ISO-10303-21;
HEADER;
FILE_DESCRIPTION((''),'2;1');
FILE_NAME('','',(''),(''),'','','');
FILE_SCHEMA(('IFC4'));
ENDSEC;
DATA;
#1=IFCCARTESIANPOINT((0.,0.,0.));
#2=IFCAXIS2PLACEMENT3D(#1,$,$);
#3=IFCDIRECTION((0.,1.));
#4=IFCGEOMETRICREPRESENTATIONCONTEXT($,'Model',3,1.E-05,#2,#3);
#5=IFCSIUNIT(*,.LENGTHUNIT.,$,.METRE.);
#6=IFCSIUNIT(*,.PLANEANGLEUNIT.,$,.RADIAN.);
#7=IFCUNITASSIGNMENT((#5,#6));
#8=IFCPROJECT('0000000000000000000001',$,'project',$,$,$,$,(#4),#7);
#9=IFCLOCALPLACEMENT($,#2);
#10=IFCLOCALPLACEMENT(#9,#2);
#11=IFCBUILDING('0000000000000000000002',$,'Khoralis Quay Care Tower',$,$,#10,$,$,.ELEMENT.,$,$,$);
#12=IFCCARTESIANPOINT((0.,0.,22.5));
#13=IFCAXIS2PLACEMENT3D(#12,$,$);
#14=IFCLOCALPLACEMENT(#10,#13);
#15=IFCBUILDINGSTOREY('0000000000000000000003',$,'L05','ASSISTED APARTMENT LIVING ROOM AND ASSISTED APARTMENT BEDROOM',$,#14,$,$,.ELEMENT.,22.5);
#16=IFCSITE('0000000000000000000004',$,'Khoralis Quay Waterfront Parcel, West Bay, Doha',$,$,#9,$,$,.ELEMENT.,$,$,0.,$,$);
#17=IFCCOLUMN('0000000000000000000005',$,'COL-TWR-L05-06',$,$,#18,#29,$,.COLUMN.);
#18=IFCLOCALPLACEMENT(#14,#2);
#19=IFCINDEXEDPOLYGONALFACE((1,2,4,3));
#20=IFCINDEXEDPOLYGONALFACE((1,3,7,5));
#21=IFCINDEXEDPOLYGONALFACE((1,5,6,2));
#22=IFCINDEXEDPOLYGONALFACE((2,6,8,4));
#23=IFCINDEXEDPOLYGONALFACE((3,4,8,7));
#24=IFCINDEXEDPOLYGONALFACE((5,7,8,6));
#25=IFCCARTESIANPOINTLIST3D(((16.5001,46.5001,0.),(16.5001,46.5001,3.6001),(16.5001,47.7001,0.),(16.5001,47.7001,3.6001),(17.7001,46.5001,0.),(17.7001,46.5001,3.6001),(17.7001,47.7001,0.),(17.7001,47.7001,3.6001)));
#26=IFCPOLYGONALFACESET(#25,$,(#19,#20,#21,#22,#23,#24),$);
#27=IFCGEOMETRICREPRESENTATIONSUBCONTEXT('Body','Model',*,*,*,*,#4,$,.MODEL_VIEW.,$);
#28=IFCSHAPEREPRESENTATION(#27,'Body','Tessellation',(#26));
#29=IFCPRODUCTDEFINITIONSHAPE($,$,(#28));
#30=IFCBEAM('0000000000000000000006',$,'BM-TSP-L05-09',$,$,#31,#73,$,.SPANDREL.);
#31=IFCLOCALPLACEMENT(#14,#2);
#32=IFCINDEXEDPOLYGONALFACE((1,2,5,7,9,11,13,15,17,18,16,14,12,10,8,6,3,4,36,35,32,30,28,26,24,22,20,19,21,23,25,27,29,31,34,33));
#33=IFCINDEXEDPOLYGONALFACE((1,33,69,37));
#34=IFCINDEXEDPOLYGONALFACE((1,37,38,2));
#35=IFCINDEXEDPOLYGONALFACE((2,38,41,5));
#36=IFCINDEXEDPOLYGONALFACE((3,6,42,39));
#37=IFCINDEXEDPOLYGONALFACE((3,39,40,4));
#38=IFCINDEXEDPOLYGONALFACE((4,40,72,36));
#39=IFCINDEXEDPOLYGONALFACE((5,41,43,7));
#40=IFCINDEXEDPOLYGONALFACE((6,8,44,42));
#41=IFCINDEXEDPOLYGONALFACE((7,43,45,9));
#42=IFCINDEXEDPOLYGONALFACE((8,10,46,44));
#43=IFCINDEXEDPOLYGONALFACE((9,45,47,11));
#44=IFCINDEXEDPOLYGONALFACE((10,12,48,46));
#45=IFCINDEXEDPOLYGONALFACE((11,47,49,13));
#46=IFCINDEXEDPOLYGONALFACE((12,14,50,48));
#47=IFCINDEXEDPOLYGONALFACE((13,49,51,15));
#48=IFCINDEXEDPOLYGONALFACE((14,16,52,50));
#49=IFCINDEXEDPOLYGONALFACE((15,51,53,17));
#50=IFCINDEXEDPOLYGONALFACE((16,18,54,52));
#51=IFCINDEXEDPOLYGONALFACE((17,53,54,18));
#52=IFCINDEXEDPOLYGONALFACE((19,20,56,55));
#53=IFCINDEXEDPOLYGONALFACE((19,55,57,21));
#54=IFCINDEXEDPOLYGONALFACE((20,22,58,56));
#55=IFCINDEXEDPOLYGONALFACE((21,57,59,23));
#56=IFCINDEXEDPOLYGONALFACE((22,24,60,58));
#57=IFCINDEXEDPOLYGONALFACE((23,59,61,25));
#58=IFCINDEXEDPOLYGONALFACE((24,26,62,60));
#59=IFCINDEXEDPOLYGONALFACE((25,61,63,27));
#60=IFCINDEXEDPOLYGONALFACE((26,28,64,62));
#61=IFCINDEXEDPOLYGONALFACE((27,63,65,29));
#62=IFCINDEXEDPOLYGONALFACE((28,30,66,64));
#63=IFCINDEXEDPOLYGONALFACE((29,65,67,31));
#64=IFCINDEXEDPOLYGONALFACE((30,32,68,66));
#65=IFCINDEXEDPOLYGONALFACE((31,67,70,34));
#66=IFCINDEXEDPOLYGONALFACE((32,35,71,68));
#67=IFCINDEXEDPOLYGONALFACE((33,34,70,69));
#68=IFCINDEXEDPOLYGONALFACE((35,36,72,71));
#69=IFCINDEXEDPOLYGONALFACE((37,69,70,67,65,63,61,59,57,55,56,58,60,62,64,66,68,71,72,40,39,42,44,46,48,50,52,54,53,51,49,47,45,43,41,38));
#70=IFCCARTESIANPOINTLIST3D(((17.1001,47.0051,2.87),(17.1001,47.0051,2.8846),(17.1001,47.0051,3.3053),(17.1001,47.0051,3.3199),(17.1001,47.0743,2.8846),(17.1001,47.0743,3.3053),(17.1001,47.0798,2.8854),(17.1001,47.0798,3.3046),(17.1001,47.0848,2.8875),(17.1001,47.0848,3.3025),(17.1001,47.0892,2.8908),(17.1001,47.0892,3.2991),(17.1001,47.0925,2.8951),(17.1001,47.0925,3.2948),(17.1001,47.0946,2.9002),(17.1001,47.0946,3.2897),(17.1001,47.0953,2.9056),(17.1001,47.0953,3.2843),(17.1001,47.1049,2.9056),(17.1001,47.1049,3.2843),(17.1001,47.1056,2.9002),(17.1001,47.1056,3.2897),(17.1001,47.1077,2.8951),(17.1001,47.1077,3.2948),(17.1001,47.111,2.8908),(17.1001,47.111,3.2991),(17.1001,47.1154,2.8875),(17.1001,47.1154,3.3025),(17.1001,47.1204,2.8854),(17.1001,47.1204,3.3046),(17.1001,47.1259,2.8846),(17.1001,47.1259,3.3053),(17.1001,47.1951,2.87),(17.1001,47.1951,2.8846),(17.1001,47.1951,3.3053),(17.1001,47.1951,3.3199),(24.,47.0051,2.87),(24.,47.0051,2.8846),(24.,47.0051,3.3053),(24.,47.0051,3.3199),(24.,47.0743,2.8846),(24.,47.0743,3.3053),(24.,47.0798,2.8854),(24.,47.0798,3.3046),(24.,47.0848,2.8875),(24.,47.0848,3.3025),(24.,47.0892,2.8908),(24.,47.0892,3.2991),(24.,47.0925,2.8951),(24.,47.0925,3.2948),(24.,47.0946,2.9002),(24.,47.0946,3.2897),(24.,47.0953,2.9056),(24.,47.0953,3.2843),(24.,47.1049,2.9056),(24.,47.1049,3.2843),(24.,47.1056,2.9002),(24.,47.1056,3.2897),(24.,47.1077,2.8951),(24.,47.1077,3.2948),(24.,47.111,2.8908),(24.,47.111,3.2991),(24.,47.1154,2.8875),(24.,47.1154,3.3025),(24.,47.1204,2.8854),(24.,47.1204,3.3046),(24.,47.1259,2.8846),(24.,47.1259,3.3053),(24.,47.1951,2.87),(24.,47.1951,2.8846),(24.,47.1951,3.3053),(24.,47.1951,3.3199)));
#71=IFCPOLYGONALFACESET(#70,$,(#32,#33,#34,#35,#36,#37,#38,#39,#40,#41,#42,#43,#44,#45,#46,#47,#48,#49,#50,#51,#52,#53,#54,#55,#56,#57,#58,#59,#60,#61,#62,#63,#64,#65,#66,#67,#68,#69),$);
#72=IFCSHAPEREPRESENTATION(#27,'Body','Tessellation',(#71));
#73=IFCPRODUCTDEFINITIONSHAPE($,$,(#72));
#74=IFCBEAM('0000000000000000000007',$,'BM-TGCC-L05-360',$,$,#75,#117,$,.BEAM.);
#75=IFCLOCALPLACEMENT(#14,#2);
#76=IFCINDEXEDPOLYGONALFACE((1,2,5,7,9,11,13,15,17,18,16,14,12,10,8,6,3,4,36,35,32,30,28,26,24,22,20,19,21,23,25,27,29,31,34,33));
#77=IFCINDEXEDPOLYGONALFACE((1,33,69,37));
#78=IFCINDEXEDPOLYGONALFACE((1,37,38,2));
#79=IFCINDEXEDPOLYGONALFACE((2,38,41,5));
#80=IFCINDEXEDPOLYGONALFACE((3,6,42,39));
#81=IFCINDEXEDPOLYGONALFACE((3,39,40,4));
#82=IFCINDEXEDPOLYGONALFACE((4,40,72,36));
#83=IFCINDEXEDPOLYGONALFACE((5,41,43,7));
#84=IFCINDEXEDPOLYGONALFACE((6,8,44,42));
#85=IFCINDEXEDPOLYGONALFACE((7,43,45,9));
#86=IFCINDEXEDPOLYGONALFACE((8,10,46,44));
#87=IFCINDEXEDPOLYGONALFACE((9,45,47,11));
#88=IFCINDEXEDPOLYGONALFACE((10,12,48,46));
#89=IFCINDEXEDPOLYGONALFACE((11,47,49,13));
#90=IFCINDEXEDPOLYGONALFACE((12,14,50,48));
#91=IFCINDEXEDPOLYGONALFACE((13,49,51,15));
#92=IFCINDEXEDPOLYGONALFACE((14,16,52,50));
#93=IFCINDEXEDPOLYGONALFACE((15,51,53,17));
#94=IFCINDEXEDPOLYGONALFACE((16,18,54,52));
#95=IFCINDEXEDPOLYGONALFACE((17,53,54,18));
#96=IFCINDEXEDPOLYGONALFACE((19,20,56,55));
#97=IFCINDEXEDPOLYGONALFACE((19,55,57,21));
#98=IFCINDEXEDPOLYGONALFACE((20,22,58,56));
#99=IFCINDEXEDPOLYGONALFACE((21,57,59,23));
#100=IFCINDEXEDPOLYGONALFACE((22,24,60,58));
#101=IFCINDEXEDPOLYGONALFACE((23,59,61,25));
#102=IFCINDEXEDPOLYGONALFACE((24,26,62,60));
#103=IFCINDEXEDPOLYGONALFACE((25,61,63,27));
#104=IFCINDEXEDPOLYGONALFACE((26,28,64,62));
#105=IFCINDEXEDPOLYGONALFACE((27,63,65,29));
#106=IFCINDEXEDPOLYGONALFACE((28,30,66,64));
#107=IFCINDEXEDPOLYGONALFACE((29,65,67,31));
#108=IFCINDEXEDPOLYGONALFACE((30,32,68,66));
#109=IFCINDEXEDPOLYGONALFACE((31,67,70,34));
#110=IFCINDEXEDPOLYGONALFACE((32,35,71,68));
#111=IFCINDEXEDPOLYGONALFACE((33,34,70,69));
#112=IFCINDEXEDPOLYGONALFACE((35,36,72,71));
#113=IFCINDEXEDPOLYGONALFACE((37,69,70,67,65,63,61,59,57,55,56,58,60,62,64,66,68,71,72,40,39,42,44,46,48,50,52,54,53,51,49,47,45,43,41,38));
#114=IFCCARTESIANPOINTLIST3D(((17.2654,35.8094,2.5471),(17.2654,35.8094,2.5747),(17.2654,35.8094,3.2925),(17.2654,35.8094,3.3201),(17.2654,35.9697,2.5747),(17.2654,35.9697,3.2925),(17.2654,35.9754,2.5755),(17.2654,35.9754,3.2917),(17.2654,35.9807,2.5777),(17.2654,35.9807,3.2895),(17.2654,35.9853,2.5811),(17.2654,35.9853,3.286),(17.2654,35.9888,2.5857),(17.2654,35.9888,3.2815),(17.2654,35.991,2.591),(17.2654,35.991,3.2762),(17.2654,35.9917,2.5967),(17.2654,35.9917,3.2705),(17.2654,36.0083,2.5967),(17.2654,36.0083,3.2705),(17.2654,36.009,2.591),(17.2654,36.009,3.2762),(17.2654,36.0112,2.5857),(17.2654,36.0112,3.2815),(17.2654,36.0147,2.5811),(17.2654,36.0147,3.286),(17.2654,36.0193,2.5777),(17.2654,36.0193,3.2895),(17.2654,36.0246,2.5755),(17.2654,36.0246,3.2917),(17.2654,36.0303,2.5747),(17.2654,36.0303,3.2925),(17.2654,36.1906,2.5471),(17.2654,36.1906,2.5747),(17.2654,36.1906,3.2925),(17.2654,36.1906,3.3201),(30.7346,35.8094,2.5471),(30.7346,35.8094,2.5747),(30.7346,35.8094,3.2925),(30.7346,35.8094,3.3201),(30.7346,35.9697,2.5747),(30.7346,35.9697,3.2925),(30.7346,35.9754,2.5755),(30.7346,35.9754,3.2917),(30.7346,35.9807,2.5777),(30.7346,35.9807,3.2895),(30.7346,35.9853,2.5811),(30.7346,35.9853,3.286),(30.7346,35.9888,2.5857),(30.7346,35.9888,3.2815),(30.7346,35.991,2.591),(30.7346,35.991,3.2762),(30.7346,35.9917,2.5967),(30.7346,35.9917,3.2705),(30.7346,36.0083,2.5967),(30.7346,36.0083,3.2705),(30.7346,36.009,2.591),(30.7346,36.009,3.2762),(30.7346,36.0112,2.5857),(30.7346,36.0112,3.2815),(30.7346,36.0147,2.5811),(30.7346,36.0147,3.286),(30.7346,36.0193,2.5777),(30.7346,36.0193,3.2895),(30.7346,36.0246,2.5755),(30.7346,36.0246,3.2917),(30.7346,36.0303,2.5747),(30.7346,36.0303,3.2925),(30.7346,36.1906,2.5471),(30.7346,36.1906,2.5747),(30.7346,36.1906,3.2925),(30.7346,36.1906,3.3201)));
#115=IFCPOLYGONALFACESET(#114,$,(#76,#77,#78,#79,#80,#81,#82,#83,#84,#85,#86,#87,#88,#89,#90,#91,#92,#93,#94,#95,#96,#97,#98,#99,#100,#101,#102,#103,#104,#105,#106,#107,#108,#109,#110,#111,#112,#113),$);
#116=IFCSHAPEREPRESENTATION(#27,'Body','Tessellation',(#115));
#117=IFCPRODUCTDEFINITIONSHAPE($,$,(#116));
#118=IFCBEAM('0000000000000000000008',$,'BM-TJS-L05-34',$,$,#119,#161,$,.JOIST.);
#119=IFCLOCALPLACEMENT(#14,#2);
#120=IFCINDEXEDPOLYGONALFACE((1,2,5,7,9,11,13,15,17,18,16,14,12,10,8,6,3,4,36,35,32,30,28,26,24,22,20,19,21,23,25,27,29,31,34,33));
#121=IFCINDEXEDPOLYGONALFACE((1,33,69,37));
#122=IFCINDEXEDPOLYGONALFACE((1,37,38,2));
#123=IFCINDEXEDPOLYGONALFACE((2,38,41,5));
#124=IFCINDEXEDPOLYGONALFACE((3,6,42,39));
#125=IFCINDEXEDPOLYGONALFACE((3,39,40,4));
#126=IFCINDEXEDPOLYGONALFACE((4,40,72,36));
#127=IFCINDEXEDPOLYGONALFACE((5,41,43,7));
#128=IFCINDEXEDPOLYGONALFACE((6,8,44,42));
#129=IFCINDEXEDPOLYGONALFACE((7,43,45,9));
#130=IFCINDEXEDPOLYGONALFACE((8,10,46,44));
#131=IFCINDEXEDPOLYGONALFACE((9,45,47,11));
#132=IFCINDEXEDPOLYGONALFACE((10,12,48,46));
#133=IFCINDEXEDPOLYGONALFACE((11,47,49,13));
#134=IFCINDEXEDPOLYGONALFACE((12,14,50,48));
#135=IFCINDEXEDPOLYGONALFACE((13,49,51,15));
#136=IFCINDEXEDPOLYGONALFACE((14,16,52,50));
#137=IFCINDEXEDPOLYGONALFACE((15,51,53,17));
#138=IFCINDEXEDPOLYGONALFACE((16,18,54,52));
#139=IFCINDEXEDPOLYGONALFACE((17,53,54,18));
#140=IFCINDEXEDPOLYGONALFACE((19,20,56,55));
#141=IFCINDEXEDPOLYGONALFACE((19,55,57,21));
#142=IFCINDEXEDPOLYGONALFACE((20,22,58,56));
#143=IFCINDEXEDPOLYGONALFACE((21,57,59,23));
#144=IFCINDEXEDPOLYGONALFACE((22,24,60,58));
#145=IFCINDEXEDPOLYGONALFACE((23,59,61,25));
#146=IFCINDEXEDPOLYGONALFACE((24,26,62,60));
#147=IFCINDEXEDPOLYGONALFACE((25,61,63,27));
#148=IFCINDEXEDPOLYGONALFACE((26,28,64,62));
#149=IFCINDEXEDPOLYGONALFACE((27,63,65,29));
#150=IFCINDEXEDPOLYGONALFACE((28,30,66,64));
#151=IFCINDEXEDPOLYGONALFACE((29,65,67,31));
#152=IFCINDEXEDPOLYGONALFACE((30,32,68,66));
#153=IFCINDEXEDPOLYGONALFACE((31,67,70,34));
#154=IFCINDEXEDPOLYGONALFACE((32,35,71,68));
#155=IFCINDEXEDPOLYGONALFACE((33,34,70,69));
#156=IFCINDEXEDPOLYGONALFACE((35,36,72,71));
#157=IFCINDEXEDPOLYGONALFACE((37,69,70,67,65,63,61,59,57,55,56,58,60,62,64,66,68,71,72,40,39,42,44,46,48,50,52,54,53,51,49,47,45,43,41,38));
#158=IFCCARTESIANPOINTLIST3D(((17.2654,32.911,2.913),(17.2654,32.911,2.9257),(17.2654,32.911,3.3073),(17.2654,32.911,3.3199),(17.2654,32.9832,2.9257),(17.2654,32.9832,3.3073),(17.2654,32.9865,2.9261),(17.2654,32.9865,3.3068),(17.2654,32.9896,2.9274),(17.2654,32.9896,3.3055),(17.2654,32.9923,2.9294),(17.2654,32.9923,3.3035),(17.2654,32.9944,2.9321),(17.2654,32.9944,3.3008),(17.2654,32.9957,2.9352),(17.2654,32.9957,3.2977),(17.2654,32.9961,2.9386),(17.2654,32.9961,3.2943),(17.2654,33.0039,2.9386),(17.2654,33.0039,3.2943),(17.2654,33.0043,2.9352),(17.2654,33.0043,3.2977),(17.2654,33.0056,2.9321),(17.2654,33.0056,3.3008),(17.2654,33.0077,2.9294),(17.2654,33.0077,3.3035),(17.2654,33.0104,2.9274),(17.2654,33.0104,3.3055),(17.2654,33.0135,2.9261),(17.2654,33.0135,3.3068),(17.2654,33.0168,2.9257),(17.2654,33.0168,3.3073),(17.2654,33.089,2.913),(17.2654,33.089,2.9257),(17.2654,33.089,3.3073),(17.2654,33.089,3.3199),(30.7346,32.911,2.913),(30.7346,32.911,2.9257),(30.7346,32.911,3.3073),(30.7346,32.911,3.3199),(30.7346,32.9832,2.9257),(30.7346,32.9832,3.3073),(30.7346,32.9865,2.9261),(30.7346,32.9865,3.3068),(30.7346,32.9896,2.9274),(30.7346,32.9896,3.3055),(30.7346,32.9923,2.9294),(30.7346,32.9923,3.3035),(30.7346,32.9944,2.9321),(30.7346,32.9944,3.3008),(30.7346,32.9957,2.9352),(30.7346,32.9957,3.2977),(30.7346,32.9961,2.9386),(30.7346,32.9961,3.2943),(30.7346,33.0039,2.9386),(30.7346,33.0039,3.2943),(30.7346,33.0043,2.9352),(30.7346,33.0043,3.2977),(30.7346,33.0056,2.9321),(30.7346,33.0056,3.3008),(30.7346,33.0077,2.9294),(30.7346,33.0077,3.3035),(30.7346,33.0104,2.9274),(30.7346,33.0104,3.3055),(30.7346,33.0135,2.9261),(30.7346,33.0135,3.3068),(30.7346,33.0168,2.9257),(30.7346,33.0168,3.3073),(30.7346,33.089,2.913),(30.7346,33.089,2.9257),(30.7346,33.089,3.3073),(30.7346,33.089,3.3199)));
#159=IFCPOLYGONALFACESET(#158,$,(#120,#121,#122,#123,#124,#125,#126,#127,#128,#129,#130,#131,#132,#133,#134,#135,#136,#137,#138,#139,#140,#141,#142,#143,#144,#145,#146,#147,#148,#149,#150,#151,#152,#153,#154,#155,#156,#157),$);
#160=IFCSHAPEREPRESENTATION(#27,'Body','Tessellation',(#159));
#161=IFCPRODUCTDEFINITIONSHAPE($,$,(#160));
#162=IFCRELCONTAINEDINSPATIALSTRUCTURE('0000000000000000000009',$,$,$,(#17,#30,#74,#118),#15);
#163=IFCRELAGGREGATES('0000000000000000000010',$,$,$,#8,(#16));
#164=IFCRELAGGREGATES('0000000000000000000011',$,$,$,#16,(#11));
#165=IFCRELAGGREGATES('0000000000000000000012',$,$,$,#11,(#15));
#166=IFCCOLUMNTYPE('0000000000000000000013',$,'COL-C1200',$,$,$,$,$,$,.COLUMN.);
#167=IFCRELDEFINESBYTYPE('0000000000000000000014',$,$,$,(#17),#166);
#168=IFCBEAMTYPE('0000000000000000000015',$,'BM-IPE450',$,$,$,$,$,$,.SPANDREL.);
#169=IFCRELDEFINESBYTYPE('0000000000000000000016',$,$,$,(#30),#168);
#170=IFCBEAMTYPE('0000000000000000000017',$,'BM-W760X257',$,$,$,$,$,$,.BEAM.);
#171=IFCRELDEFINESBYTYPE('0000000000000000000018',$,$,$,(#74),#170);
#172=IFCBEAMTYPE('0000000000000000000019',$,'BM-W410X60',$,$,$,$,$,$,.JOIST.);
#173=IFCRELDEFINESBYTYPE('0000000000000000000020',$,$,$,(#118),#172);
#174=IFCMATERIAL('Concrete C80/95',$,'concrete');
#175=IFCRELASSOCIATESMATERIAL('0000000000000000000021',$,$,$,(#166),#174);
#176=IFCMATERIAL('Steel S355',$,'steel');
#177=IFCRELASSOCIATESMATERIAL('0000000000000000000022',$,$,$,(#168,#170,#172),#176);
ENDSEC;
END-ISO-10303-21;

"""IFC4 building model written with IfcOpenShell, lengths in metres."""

from ifc_helpers import new_model, si_unit, direction, frame, origin, origin_2d, place, context, subcontext, project, spatial, rectangle, i_section, extrude, source, transform, mapped, material, material_profile, profile_set, type_object, element, save


model = new_model("IFC4")

# Units and contexts
model_context = context("Model", 3, precision=1e-05, world=origin(), true_north=direction((0.0, 1.0)))
body_context = subcontext(model_context, "Body", "Model", "MODEL_VIEW")
ifc_project = project(units=[si_unit("LENGTHUNIT", "METRE"), si_unit("PLANEANGLEUNIT", "RADIAN")], contexts=[model_context])

# Site, building, storey
site_placement = place(None, origin())
site = spatial("IfcSite", under=ifc_project, at=site_placement, Name="Khoralis Quay Waterfront Parcel, West Bay, Doha", CompositionType="ELEMENT", RefElevation=0.0)
building_placement = place(site_placement, origin())
building = spatial("IfcBuilding", under=site, at=building_placement, Name="Khoralis Quay Care Tower", CompositionType="ELEMENT")
storey_placement = place(building_placement, frame((0.0, 0.0, 22.5)))
storey = spatial("IfcBuildingStorey", under=building, at=storey_placement, Name="L05", Description="ASSISTED APARTMENT LIVING ROOM AND ASSISTED APARTMENT BEDROOM", CompositionType="ELEMENT", Elevation=22.5)

# Column
ifc_material_1 = material(Name="Concrete C80/95", Category="concrete")
ifc_material_profile_1 = material_profile(ifc_material_1, rectangle(XDim=1.2, YDim=1.2, at=origin_2d()), Name="Concrete C80/95")
ifc_profile_set_1 = profile_set([ifc_material_profile_1], Name="Concrete C80/95")
column_type = type_object("IfcColumnType", Name="COL-C1200", PredefinedType="COLUMN", material=ifc_profile_set_1)
shared_shape_1 = source(origin(), body_context, "Body", "SweptSolid", [
    extrude(rectangle(XDim=1.2, YDim=1.2, at=origin_2d()), origin(), (0.0, 0.0, 1.0), 3.6001),
])
column_placement = place(storey_placement, frame((17.1001, 47.1001, 0.0), z_axis=(0.0, 0.0, 1.0), x_axis=(1.0, 0.0, 0.0)))
element("IfcColumn", 1, at=column_placement, inside=storey, type_object=column_type, Name="COL-TWR-L05-06", PredefinedType="COLUMN", context=body_context, shape_type="MappedRepresentation", body=[
    mapped(shared_shape_1, transform((0.0, 0.0, 0.0), scale=1.0)),
])

# Beams
ifc_material_2 = material(Name="Steel S355", Category="steel")
ifc_material_profile_2 = material_profile(ifc_material_2, i_section(OverallWidth=0.1899, OverallDepth=0.45, WebThickness=0.0095, FlangeThickness=0.0146, FilletRadius=0.021, at=origin_2d()), Name="Steel S355")
ifc_profile_set_2 = profile_set([ifc_material_profile_2], Name="Steel S355")
beam_type_1 = type_object("IfcBeamType", Name="BM-IPE450", PredefinedType="SPANDREL", material=ifc_profile_set_2)
shared_shape_2 = source(origin(), body_context, "Body", "SweptSolid", [
    extrude(i_section(OverallWidth=0.1899, OverallDepth=0.45, WebThickness=0.0095, FlangeThickness=0.0146, FilletRadius=0.021, at=origin_2d()), origin(), (0.0, 0.0, 1.0), 6.8999),
])
beam_1_placement = place(storey_placement, frame((17.1001, 47.1001, 3.095), z_axis=(1.0, 0.0, 0.0), x_axis=(0.0, 1.0, 0.0)))
element("IfcBeam", 2, at=beam_1_placement, inside=storey, type_object=beam_type_1, Name="BM-TSP-L05-09", PredefinedType="SPANDREL", context=body_context, shape_type="MappedRepresentation", body=[
    mapped(shared_shape_2, transform((0.0, 0.0, 0.0), scale=1.0)),
])
ifc_material_profile_3 = material_profile(ifc_material_2, i_section(OverallWidth=0.3811, OverallDepth=0.7729, WebThickness=0.0166, FlangeThickness=0.0276, FilletRadius=0.022, at=origin_2d()), Name="Steel S355")
ifc_profile_set_3 = profile_set([ifc_material_profile_3], Name="Steel S355")
beam_type_2 = type_object("IfcBeamType", Name="BM-W760X257", PredefinedType="BEAM", material=ifc_profile_set_3)
shared_shape_3 = source(origin(), body_context, "Body", "SweptSolid", [
    extrude(i_section(OverallWidth=0.3811, OverallDepth=0.7729, WebThickness=0.0166, FlangeThickness=0.0276, FilletRadius=0.022, at=origin_2d()), origin(), (0.0, 0.0, 1.0), 13.4692),
])
beam_2_placement = place(storey_placement, frame((17.2654, 36.0, 2.9336), z_axis=(1.0, 0.0, 0.0), x_axis=(0.0, 1.0, 0.0)))
element("IfcBeam", 3, at=beam_2_placement, inside=storey, type_object=beam_type_2, Name="BM-TGCC-L05-360", PredefinedType="BEAM", context=body_context, shape_type="MappedRepresentation", body=[
    mapped(shared_shape_3, transform((0.0, 0.0, 0.0), scale=1.0)),
])
ifc_material_profile_4 = material_profile(ifc_material_2, i_section(OverallWidth=0.178, OverallDepth=0.407, WebThickness=0.0078, FlangeThickness=0.0127, FilletRadius=0.0129, at=origin_2d()), Name="Steel S355")
ifc_profile_set_4 = profile_set([ifc_material_profile_4], Name="Steel S355")
beam_type_3 = type_object("IfcBeamType", Name="BM-W410X60", PredefinedType="JOIST", material=ifc_profile_set_4)
shared_shape_4 = source(origin(), body_context, "Body", "SweptSolid", [
    extrude(i_section(OverallWidth=0.178, OverallDepth=0.407, WebThickness=0.0078, FlangeThickness=0.0127, FilletRadius=0.0129, at=origin_2d()), origin(), (0.0, 0.0, 1.0), 13.4692),
])
for number, where, z_axis, x_axis, name in (
    (4, (17.2654, 33.0, 3.1165), (1.0, 0.0, 0.0), (0.0, 1.0, 0.0), "BM-TJS-L05-34"),
):
    element("IfcBeam", number, at=place(storey_placement, frame(where, z_axis=z_axis, x_axis=x_axis)), inside=storey, type_object=beam_type_3, Name=name, PredefinedType="JOIST", context=body_context, shape_type="MappedRepresentation", body=[
        mapped(shared_shape_4, transform((0.0, 0.0, 0.0), scale=1.0)),
    ])

save(model, "model.ifc")
